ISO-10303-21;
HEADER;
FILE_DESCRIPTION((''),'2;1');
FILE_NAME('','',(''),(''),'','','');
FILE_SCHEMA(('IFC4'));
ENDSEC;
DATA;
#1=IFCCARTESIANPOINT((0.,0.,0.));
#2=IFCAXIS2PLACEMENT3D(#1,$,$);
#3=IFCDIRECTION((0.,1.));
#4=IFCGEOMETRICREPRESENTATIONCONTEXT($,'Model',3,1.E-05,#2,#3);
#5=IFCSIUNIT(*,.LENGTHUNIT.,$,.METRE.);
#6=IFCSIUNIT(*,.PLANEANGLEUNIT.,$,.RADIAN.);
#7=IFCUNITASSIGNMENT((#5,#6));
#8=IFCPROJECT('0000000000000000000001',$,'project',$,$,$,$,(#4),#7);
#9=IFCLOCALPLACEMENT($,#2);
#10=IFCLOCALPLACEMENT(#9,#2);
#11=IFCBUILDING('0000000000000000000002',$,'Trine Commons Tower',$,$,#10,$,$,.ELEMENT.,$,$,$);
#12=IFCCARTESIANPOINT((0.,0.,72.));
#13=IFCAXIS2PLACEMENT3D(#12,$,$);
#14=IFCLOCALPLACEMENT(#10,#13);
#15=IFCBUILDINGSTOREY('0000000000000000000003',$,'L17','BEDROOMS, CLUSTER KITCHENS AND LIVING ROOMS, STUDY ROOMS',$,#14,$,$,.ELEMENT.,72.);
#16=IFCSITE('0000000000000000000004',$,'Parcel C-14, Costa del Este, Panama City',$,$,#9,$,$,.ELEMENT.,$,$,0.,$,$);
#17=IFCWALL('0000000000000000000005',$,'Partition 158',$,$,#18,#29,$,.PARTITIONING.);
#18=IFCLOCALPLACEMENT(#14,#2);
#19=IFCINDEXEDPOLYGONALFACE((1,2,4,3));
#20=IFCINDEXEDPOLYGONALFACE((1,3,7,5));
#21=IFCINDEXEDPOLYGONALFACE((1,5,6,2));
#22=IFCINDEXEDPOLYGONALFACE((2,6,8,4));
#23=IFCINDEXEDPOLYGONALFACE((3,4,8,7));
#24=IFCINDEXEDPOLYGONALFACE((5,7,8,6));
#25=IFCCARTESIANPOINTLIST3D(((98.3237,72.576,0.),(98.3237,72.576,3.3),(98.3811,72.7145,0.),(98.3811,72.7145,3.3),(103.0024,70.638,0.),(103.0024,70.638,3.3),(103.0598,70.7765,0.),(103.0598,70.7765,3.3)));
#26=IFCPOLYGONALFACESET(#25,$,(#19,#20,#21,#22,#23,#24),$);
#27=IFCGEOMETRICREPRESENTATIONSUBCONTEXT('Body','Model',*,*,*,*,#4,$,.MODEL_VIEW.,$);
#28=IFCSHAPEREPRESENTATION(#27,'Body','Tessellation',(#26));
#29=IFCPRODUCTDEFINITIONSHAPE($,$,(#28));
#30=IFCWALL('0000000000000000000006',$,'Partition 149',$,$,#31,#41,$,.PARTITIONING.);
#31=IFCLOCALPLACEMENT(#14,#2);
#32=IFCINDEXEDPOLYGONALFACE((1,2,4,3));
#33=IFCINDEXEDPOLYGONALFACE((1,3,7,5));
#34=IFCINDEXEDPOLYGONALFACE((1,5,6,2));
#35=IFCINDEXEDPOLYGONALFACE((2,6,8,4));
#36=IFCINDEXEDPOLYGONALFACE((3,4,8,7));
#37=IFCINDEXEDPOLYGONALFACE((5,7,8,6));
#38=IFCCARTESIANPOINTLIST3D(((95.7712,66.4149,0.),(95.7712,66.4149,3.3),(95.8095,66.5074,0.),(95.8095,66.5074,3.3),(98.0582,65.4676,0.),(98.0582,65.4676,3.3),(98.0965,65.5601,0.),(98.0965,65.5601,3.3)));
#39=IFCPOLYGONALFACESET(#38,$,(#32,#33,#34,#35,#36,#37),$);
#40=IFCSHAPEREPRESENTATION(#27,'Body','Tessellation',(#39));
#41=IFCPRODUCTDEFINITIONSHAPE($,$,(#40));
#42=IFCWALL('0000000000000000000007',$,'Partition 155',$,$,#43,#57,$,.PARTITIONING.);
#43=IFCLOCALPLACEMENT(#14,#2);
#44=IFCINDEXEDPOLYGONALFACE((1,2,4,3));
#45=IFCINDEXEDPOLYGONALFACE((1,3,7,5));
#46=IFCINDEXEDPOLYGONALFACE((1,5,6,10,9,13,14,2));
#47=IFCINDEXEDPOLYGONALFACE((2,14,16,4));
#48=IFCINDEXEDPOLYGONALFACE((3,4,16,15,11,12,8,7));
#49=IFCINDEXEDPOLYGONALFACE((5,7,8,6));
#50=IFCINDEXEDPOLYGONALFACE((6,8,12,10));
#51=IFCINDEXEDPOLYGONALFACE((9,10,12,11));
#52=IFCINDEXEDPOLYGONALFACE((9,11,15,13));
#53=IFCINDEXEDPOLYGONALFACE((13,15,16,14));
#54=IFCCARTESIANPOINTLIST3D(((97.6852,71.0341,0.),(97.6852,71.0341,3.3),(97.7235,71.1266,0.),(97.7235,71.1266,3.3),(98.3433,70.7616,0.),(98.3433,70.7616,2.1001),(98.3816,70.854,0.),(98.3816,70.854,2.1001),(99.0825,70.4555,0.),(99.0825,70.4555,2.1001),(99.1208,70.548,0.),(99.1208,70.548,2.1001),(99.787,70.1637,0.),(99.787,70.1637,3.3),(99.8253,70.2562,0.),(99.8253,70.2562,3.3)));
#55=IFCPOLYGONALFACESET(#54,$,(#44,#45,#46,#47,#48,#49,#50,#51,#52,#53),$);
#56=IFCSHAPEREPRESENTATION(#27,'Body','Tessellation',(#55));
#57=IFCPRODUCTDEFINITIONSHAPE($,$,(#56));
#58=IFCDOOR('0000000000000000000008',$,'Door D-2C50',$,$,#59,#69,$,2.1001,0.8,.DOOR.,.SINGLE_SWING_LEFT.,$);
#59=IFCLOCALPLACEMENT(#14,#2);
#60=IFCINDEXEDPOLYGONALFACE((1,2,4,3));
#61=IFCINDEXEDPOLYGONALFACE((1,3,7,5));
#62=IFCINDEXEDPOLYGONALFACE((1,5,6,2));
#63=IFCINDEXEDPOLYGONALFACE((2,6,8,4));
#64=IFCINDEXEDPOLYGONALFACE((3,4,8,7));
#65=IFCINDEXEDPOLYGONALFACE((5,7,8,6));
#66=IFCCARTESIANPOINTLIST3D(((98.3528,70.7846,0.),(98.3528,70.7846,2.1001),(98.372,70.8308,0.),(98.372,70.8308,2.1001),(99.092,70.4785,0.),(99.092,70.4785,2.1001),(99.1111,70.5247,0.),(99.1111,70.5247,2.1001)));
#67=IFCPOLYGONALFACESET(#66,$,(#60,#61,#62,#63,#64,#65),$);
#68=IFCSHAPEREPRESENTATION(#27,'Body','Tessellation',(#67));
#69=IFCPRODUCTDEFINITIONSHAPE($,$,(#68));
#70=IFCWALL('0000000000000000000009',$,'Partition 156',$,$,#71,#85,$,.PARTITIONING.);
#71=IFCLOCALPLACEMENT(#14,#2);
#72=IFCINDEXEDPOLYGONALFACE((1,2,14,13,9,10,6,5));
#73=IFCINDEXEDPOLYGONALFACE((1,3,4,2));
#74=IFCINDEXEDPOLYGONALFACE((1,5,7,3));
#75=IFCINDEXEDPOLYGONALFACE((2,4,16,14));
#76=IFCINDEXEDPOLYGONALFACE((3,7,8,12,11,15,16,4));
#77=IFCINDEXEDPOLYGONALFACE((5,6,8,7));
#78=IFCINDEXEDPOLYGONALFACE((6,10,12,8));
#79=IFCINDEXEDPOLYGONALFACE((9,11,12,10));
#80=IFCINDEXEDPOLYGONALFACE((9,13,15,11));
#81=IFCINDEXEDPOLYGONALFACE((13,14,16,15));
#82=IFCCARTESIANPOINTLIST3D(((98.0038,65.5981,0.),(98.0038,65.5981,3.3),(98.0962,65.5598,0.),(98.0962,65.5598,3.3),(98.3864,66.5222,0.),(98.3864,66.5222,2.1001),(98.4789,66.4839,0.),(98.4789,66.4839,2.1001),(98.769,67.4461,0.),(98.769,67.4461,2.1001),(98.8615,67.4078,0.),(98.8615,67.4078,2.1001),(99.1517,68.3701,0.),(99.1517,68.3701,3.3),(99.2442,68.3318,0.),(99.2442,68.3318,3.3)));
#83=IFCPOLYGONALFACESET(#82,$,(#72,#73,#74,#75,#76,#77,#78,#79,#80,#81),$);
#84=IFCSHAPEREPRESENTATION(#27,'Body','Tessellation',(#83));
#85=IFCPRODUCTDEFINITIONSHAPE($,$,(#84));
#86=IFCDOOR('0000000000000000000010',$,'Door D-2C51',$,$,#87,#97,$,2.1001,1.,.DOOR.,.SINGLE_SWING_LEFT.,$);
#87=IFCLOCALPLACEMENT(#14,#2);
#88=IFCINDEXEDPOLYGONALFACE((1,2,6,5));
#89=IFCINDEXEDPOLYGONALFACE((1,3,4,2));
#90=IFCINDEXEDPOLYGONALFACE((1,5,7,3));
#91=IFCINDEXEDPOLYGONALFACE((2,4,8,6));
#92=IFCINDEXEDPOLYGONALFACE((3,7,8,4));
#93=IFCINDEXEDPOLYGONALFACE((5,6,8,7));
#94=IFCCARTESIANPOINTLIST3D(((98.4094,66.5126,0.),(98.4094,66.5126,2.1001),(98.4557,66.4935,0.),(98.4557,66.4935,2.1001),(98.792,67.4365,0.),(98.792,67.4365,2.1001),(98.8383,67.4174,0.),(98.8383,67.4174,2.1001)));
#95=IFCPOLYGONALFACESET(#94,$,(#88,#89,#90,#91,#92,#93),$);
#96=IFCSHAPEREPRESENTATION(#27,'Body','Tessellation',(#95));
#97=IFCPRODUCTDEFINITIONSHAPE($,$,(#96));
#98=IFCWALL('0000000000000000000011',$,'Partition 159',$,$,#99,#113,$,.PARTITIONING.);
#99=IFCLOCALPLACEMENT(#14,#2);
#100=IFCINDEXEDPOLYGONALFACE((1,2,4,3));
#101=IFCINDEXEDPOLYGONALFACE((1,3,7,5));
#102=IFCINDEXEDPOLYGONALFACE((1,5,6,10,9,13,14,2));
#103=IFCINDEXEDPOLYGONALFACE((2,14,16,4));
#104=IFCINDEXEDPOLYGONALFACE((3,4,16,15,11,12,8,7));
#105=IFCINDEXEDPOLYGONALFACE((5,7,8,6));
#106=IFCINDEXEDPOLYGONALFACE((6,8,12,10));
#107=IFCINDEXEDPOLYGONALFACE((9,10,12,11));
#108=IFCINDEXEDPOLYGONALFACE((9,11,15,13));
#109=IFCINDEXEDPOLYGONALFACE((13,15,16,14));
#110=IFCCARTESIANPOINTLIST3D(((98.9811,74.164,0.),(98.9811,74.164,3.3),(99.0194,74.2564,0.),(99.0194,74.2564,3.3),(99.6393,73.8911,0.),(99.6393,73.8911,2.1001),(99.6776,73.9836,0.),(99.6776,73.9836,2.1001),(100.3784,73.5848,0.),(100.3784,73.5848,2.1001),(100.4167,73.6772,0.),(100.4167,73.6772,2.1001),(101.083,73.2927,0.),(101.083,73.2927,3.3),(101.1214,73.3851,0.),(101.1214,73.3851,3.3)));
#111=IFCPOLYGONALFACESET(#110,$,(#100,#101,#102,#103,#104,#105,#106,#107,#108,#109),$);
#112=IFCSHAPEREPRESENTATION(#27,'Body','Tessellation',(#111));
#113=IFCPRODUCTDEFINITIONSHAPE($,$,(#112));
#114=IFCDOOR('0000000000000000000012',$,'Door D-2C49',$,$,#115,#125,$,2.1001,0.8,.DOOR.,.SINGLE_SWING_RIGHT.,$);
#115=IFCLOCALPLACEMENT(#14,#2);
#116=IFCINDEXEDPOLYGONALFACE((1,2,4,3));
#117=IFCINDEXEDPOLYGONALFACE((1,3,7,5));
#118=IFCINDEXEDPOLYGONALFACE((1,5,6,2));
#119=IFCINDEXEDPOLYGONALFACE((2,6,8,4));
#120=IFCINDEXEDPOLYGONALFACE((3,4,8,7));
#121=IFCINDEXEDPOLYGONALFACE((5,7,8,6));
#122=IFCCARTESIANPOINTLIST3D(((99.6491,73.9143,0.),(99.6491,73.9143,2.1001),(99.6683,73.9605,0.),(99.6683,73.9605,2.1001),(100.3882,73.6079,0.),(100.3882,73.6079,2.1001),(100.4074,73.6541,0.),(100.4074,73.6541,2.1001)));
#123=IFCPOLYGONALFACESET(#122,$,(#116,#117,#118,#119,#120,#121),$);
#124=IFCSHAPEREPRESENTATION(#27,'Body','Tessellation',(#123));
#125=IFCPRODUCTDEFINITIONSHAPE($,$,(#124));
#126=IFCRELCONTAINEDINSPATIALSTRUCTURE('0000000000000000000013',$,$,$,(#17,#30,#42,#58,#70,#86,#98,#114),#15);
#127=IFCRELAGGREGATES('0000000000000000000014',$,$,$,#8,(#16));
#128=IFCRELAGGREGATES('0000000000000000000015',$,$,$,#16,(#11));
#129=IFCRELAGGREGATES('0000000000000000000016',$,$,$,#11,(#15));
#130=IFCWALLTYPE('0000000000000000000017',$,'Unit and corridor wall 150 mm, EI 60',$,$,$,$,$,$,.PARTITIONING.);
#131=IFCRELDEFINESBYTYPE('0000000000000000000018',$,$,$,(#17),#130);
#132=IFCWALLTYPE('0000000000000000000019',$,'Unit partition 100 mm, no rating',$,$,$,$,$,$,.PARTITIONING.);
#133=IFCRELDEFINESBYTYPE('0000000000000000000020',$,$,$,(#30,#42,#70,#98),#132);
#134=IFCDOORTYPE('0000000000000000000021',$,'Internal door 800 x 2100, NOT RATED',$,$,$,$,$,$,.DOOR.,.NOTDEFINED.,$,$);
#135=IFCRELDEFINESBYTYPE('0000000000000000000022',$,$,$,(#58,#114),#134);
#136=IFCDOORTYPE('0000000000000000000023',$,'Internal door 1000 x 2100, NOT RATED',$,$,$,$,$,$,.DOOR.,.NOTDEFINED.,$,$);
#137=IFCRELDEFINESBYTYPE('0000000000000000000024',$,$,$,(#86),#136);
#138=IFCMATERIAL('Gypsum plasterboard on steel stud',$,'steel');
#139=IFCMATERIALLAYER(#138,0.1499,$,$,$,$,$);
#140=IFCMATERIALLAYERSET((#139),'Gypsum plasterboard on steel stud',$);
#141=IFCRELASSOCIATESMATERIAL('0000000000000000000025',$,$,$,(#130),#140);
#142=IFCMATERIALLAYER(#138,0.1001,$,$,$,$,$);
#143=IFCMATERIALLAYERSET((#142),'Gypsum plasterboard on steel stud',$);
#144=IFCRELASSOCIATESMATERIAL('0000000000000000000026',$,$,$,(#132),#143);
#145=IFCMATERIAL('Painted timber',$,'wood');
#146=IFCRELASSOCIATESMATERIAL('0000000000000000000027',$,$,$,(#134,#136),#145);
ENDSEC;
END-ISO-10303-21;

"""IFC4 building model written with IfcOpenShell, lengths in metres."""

from ifc_helpers import new_model, si_unit, direction, frame, frame_2d, origin, place, context, subcontext, project, spatial, rectangle, extrude, material, layer, layer_set, type_object, element, fill, save


model = new_model("IFC4")

# Units and contexts
model_context = context("Model", 3, precision=1e-05, world=origin(), true_north=direction((0.0, 1.0)))
body_context = subcontext(model_context, "Body", "Model", "MODEL_VIEW")
ifc_project = project(units=[si_unit("LENGTHUNIT", "METRE"), si_unit("PLANEANGLEUNIT", "RADIAN")], contexts=[model_context])

# Site, building, storey
site_placement = place(None, origin())
site = spatial("IfcSite", under=ifc_project, at=site_placement, Name="Parcel C-14, Costa del Este, Panama City", CompositionType="ELEMENT", RefElevation=0.0)
building_placement = place(site_placement, origin())
building = spatial("IfcBuilding", under=site, at=building_placement, Name="Trine Commons Tower", CompositionType="ELEMENT")
storey_placement = place(building_placement, frame((0.0, 0.0, 72.0)))
storey = spatial("IfcBuildingStorey", under=building, at=storey_placement, Name="L17", Description="BEDROOMS, CLUSTER KITCHENS AND LIVING ROOMS, STUDY ROOMS", CompositionType="ELEMENT", Elevation=72.0)

# Shared definitions
ifc_material_1 = material(Name="Gypsum plasterboard on steel stud", Category="steel")
ifc_layer_1 = layer(ifc_material_1, 0.1499)
ifc_layer_set_1 = layer_set([ifc_layer_1], Name="Gypsum plasterboard on steel stud")
wall_type_1 = type_object("IfcWallType", Name="Unit and corridor wall 150 mm, EI 60", PredefinedType="PARTITIONING", material=ifc_layer_set_1)

# Walls
wall_1_placement = place(storey_placement, frame((98.3523, 72.6453, 0.0), z_axis=(0.0, 0.0, 1.0), x_axis=(0.923879, -0.382684, 0.0)))
element("IfcWall", 1, at=wall_1_placement, inside=storey, type_object=wall_type_1, Name="Partition 158", PredefinedType="PARTITIONING", context=body_context, shape_type="SweptSolid", body=[
    extrude(rectangle(XDim=5.0642, YDim=0.1499, at=frame_2d((2.5322, 0.0))), origin(), (0.0, 0.0, 1.0), 3.3),
])
ifc_layer_2 = layer(ifc_material_1, 0.1001)
ifc_layer_set_2 = layer_set([ifc_layer_2], Name="Gypsum plasterboard on steel stud")
wall_type_2 = type_object("IfcWallType", Name="Unit partition 100 mm, no rating", PredefinedType="PARTITIONING", material=ifc_layer_set_2)
wall_2_placement = place(storey_placement, frame((95.7903, 66.4612, 0.0), z_axis=(0.0, 0.0, 1.0), x_axis=(0.923877, -0.382689, 0.0)))
element("IfcWall", 2, at=wall_2_placement, inside=storey, type_object=wall_type_2, Name="Partition 149", PredefinedType="PARTITIONING", context=body_context, shape_type="SweptSolid", body=[
    extrude(rectangle(XDim=2.4753, YDim=0.1001, at=frame_2d((1.2378, 0.0))), origin(), (0.0, 0.0, 1.0), 3.3),
])

# Walls, openings, doors
wall_3_placement = place(storey_placement, frame((97.7043, 71.0803, 0.0), z_axis=(0.0, 0.0, 1.0), x_axis=(0.923916, -0.382595, 0.0)))
wall_3 = element("IfcWall", 3, at=wall_3_placement, inside=storey, type_object=wall_type_2, Name="Partition 155", PredefinedType="PARTITIONING", context=body_context, shape_type="SweptSolid", body=[
    extrude(rectangle(XDim=2.2749, YDim=0.1001, at=frame_2d((1.1375, 0.0))), origin(), (0.0, 0.0, 1.0), 3.3),
])
opening_1_placement = place(wall_3_placement, frame((0.7124, 0.0, 0.0)))
opening_1 = element("IfcOpeningElement", 4, at=opening_1_placement, cuts=wall_3, PredefinedType="OPENING", context=body_context, shape_type="SweptSolid", body=[
    extrude(rectangle(XDim=0.8, YDim=2.1001, at=frame_2d((0.3999, 1.05))), frame((0.0, 0.0601, 0.0), z_axis=(0.0, -1.0, 0.0), x_axis=(1.0, 0.0, 0.0)), (0.0, 0.0, 1.0), 0.1201),
])
ifc_material_2 = material(Name="Painted timber", Category="wood")
door_type_1 = type_object("IfcDoorType", Name="Internal door 800 x 2100, NOT RATED", OperationType="NOTDEFINED", PredefinedType="DOOR", material=ifc_material_2)
door_1_placement = place(opening_1_placement, origin())
door_1 = element("IfcDoor", 5, at=door_1_placement, inside=storey, type_object=door_type_1, Name="Door D-2C50", OperationType="SINGLE_SWING_LEFT", OverallHeight=2.1001, OverallWidth=0.8, PredefinedType="DOOR", context=body_context, shape_type="SweptSolid", body=[
    extrude(rectangle(XDim=0.8, YDim=2.1001, at=frame_2d((0.3999, 1.05))), frame((0.0, 0.0249, 0.0), z_axis=(0.0, -1.0, 0.0), x_axis=(1.0, 0.0, 0.0)), (0.0, 0.0, 1.0), 0.05),
])
fill(opening_1, door_1)
wall_4_placement = place(storey_placement, frame((98.05, 65.5791, 0.0), z_axis=(0.0, 0.0, 1.0), x_axis=(0.382615, 0.923908, 0.0)))
wall_4 = element("IfcWall", 6, at=wall_4_placement, inside=storey, type_object=wall_type_2, Name="Partition 156", PredefinedType="PARTITIONING", context=body_context, shape_type="SweptSolid", body=[
    extrude(rectangle(XDim=3.0002, YDim=0.1001, at=frame_2d((1.5, 0.0))), origin(), (0.0, 0.0, 1.0), 3.3),
])
opening_2_placement = place(wall_4_placement, frame((1.0, 0.0, 0.0)))
opening_2 = element("IfcOpeningElement", 7, at=opening_2_placement, cuts=wall_4, PredefinedType="OPENING", context=body_context, shape_type="SweptSolid", body=[
    extrude(rectangle(XDim=1.0, YDim=2.1001, at=frame_2d((0.5, 1.05))), frame((0.0, 0.0601, 0.0), z_axis=(0.0, -1.0, 0.0), x_axis=(1.0, 0.0, 0.0)), (0.0, 0.0, 1.0), 0.1201),
])
door_type_2 = type_object("IfcDoorType", Name="Internal door 1000 x 2100, NOT RATED", OperationType="NOTDEFINED", PredefinedType="DOOR", material=ifc_material_2)
door_2_placement = place(opening_2_placement, frame((1.0, 0.0, 0.0), z_axis=(0.0, 0.0, 1.0), x_axis=(-1.0, 0.0, 0.0)))
door_2 = element("IfcDoor", 8, at=door_2_placement, inside=storey, type_object=door_type_2, Name="Door D-2C51", OperationType="SINGLE_SWING_LEFT", OverallHeight=2.1001, OverallWidth=1.0, PredefinedType="DOOR", context=body_context, shape_type="SweptSolid", body=[
    extrude(rectangle(XDim=1.0, YDim=2.1001, at=frame_2d((0.5, 1.05))), frame((0.0, 0.0249, 0.0), z_axis=(0.0, -1.0, 0.0), x_axis=(1.0, 0.0, 0.0)), (0.0, 0.0, 1.0), 0.05),
])
fill(opening_2, door_2)
wall_5_placement = place(storey_placement, frame((99.0002, 74.2102, 0.0), z_axis=(0.0, 0.0, 1.0), x_axis=(0.92378, -0.382923, 0.0)))
wall_5 = element("IfcWall", 9, at=wall_5_placement, inside=storey, type_object=wall_type_2, Name="Partition 159", PredefinedType="PARTITIONING", context=body_context, shape_type="SweptSolid", body=[
    extrude(rectangle(XDim=2.2754, YDim=0.1001, at=frame_2d((1.1377, 0.0))), origin(), (0.0, 0.0, 1.0), 3.3),
])
opening_3_placement = place(wall_5_placement, frame((0.7126, 0.0, 0.0)))
opening_3 = element("IfcOpeningElement", 10, at=opening_3_placement, cuts=wall_5, PredefinedType="OPENING", context=body_context, shape_type="SweptSolid", body=[
    extrude(rectangle(XDim=0.8, YDim=2.1001, at=frame_2d((0.3999, 1.05))), frame((0.0, 0.0601, 0.0), z_axis=(0.0, -1.0, 0.0), x_axis=(1.0, 0.0, 0.0)), (0.0, 0.0, 1.0), 0.1201),
])
door_3_placement = place(opening_3_placement, frame((0.8, 0.0, 0.0), z_axis=(0.0, 0.0, 1.0), x_axis=(-1.0, 0.0, 0.0)))
door_3 = element("IfcDoor", 11, at=door_3_placement, inside=storey, type_object=door_type_1, Name="Door D-2C49", OperationType="SINGLE_SWING_RIGHT", OverallHeight=2.1001, OverallWidth=0.8, PredefinedType="DOOR", context=body_context, shape_type="SweptSolid", body=[
    extrude(rectangle(XDim=0.8, YDim=2.1001, at=frame_2d((0.3999, 1.05))), frame((0.0, 0.0249, 0.0), z_axis=(0.0, -1.0, 0.0), x_axis=(1.0, 0.0, 0.0)), (0.0, 0.0, 1.0), 0.05),
])
fill(opening_3, door_3)

save(model, "model.ifc")
